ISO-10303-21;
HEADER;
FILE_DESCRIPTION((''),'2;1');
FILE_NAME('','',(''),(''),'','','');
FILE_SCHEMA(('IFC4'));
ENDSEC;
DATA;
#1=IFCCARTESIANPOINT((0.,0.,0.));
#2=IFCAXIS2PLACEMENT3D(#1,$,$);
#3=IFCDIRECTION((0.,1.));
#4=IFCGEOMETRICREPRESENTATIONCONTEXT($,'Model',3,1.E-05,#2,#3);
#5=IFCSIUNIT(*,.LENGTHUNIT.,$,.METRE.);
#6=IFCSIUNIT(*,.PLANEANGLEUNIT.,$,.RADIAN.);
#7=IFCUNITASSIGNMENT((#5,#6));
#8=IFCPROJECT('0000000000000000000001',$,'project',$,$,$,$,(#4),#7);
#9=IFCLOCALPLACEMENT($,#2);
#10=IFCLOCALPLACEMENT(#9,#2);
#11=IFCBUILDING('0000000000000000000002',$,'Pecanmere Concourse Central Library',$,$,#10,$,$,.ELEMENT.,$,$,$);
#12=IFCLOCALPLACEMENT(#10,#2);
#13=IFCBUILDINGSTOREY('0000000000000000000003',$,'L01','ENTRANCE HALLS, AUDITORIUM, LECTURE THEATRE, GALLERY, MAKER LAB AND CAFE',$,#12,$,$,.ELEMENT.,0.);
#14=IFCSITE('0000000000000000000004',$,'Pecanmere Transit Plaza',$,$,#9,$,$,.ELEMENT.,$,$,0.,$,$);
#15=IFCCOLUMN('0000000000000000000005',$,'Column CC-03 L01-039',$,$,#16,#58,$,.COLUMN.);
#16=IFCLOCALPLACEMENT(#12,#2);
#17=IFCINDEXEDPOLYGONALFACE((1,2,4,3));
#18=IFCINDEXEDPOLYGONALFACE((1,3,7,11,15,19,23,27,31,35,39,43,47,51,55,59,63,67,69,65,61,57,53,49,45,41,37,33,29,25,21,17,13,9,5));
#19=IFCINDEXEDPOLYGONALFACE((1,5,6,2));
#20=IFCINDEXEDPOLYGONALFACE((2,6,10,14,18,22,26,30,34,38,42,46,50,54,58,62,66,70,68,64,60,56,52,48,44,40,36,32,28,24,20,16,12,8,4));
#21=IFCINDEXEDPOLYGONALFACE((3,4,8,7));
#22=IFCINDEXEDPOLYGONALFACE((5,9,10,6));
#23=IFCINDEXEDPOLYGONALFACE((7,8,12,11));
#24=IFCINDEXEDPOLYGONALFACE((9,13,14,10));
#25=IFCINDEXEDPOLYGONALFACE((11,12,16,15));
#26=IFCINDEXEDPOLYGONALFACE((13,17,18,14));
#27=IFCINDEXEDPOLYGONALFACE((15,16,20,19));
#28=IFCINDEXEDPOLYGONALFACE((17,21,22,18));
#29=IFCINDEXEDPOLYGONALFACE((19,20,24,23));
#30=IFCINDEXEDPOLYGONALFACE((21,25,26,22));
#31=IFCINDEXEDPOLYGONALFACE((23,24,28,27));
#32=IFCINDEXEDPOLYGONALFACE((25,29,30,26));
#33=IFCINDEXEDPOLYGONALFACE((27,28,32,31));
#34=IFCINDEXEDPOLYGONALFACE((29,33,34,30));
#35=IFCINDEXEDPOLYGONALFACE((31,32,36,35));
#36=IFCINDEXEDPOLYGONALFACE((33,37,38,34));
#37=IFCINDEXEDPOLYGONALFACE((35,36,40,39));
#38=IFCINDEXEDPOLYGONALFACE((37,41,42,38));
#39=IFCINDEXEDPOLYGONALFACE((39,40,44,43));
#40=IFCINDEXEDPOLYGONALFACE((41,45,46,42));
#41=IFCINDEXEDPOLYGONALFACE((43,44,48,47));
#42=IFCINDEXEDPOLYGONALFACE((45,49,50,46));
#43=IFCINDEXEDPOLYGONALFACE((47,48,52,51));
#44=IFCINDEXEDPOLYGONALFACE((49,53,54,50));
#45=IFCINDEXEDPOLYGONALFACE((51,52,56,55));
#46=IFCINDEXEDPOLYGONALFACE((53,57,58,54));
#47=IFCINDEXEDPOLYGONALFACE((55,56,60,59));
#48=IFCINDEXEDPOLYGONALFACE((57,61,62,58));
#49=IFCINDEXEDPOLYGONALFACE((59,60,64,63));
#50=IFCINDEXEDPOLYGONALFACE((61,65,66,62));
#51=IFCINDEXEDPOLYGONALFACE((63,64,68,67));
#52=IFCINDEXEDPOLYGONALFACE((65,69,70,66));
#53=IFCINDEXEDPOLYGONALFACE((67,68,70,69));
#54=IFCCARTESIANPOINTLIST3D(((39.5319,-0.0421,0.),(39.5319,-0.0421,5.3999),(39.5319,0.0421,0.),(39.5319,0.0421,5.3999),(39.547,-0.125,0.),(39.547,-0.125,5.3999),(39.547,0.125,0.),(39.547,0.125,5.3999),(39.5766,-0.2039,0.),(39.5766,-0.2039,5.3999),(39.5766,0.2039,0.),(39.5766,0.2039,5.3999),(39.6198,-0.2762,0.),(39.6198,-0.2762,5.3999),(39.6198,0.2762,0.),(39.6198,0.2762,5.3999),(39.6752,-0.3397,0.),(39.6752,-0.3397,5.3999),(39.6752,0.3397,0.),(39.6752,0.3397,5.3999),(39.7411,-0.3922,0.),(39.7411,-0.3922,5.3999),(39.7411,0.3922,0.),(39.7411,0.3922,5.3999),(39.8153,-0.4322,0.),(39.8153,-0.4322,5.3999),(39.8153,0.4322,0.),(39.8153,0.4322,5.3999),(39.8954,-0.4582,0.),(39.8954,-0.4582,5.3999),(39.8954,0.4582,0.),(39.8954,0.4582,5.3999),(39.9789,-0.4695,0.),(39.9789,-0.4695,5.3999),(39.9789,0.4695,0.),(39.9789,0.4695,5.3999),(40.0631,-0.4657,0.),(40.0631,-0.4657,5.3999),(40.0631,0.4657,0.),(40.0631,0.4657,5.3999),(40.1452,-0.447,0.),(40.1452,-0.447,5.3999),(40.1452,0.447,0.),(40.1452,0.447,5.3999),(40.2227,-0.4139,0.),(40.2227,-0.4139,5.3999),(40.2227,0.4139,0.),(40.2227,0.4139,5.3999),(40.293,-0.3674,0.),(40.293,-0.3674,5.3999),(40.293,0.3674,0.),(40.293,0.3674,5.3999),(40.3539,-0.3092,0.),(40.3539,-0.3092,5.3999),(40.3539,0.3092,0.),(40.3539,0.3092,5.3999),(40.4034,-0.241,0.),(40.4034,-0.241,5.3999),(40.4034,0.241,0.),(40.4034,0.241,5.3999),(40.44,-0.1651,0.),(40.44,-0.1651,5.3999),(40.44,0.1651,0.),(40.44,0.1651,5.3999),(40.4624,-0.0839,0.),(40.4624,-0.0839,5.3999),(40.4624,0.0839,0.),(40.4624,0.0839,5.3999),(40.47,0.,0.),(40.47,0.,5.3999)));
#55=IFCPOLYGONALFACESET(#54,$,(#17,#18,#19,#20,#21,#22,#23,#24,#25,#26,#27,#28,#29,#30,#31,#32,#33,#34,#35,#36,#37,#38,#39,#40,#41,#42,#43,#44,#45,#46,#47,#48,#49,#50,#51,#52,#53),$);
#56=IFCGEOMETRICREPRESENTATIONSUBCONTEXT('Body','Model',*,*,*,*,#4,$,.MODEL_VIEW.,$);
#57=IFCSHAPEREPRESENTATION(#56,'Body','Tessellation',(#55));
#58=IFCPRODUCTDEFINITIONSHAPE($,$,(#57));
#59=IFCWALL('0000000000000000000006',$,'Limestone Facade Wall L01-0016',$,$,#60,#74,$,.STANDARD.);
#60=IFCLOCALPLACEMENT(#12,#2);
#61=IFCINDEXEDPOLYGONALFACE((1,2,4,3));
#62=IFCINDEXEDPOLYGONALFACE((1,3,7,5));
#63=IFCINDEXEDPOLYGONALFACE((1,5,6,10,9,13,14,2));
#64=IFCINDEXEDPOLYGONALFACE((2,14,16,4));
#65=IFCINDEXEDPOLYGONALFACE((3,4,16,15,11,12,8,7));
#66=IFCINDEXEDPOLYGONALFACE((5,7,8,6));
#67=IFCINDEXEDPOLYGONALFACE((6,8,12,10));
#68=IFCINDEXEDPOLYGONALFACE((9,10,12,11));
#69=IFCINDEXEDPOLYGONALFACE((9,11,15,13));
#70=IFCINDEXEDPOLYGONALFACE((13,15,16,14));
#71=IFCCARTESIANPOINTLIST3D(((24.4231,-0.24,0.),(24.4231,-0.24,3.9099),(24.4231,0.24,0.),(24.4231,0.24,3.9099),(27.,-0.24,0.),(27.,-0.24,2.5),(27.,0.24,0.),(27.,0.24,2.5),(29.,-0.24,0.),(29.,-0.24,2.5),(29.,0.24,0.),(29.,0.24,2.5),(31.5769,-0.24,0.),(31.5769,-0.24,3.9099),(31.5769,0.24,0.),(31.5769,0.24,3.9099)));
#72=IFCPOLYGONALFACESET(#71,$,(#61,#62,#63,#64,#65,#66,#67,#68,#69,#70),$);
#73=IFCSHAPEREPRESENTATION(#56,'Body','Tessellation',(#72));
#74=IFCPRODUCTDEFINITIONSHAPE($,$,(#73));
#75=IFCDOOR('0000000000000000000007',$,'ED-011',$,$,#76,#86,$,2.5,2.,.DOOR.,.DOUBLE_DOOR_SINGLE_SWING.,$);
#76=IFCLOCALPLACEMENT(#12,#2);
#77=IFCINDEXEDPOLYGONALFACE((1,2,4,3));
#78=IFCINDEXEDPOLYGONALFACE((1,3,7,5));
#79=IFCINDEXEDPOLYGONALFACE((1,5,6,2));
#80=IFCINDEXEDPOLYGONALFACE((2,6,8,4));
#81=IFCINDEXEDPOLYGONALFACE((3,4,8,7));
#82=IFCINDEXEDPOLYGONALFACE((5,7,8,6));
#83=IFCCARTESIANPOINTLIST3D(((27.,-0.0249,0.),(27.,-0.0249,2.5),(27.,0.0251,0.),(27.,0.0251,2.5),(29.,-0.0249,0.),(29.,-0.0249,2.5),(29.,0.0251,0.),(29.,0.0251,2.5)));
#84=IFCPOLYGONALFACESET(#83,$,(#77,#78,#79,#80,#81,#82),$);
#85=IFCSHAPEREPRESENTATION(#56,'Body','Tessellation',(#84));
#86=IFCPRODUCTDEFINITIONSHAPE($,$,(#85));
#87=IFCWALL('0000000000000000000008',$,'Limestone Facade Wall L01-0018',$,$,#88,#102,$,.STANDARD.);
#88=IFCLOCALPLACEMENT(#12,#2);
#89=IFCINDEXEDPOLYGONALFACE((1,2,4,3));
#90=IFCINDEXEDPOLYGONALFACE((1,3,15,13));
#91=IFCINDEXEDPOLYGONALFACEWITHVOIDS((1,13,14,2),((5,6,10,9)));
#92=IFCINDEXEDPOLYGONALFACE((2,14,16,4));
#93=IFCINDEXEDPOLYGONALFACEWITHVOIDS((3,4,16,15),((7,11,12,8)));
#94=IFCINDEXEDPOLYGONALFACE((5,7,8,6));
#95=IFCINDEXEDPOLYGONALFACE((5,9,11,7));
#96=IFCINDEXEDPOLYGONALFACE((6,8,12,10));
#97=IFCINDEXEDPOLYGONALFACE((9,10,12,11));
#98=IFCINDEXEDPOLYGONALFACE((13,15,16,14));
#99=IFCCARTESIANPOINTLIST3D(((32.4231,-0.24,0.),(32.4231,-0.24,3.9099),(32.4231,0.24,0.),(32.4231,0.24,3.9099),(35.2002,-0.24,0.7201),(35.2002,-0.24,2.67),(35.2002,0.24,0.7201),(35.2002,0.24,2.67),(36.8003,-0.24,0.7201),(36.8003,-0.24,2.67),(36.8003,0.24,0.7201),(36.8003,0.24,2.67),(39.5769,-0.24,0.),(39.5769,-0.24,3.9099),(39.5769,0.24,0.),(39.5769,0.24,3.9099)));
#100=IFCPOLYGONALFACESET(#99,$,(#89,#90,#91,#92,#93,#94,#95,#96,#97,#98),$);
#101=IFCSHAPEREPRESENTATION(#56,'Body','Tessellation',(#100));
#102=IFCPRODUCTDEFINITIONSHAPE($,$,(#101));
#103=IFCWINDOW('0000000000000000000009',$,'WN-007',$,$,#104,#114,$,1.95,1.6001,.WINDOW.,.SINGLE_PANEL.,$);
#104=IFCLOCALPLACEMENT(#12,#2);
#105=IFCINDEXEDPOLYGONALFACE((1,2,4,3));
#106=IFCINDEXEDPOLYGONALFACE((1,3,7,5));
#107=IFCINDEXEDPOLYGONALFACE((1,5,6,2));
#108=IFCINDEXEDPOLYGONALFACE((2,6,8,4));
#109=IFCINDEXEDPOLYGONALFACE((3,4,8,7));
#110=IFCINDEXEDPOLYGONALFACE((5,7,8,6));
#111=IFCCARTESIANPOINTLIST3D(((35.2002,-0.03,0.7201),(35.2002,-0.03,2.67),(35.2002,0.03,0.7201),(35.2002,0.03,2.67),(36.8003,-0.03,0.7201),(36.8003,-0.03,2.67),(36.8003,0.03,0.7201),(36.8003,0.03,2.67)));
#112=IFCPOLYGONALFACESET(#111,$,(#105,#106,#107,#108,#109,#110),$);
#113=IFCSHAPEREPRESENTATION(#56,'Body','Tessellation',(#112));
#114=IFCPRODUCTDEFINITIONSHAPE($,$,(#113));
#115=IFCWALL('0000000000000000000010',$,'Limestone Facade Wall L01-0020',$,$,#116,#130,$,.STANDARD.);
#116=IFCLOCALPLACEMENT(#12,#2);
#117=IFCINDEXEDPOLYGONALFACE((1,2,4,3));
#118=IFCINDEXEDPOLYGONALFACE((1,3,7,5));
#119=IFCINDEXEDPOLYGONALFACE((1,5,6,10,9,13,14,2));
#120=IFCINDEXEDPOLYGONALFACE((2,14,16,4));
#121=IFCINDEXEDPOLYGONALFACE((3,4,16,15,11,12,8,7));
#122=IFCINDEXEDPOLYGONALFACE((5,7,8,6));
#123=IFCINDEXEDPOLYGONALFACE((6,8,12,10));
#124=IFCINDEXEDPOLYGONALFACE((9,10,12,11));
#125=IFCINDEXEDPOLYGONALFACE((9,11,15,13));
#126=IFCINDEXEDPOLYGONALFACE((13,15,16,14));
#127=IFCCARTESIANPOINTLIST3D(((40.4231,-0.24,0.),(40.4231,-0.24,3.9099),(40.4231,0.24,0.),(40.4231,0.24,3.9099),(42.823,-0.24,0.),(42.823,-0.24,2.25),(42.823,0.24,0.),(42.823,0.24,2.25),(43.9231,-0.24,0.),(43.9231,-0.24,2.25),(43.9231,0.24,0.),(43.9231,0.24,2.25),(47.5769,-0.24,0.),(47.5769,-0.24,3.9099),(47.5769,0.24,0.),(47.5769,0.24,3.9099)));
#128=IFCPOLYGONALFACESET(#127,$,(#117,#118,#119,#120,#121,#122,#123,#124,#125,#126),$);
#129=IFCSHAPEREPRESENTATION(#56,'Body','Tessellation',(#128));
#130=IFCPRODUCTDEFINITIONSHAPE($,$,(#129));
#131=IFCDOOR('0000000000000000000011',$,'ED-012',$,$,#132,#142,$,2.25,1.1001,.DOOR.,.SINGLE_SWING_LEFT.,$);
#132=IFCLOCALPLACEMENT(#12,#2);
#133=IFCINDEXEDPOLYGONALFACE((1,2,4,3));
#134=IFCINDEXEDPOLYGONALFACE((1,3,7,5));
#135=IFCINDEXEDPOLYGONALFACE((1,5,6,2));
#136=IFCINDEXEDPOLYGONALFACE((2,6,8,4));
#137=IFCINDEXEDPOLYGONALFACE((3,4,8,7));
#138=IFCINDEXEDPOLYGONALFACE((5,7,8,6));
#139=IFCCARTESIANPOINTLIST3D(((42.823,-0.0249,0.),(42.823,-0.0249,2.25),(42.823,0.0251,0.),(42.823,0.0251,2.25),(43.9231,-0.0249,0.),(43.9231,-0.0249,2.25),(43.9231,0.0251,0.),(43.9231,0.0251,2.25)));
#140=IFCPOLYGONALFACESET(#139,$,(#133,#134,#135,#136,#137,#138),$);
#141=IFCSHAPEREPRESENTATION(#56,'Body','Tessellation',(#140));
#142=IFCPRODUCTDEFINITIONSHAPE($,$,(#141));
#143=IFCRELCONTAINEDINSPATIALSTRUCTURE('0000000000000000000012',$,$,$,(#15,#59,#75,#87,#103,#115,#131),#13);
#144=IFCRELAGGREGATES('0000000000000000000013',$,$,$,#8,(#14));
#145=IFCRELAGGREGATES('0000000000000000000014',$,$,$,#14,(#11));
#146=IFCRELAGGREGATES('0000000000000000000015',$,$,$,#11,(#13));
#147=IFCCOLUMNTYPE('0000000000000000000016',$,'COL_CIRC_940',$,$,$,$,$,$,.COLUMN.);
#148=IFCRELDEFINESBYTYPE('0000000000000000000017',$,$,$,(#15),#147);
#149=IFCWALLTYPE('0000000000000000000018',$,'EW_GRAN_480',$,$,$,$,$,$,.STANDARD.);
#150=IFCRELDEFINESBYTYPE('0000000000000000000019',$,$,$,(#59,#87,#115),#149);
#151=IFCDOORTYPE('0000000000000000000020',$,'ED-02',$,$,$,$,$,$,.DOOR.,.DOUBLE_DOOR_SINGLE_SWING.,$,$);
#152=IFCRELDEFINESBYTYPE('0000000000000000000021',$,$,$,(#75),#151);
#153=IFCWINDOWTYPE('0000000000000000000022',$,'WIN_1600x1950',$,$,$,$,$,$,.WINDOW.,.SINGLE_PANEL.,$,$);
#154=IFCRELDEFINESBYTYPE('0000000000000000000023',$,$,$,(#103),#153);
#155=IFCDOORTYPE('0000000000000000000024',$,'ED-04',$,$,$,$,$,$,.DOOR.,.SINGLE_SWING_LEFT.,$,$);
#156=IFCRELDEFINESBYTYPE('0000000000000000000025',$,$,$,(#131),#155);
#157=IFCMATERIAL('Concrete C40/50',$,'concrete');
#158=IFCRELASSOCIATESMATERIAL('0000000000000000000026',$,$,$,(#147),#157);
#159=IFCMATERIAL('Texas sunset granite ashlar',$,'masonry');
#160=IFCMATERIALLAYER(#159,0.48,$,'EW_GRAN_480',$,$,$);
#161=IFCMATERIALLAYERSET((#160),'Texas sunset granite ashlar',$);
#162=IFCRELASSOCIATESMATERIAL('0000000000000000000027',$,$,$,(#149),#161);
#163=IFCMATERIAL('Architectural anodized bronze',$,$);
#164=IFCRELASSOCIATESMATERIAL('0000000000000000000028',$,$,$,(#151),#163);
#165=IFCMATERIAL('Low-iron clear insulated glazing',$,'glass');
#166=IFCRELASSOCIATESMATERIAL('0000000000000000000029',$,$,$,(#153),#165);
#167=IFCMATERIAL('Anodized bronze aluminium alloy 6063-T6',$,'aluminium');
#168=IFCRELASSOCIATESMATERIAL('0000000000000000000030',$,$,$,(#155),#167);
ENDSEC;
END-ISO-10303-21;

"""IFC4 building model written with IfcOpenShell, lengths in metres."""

from ifc_helpers import new_model, si_unit, direction, frame, frame_2d, origin, origin_2d, place, context, subcontext, project, spatial, rectangle, circle, extrude, material, layer, layer_set, material_profile, profile_set, type_object, element, fill, save


model = new_model("IFC4")

# Units and contexts
model_context = context("Model", 3, precision=1e-05, world=origin(), true_north=direction((0.0, 1.0)))
body_context = subcontext(model_context, "Body", "Model", "MODEL_VIEW")
ifc_project = project(units=[si_unit("LENGTHUNIT", "METRE"), si_unit("PLANEANGLEUNIT", "RADIAN")], contexts=[model_context])

# Site, building, storey
site_placement = place(None, origin())
site = spatial("IfcSite", under=ifc_project, at=site_placement, Name="Pecanmere Transit Plaza", CompositionType="ELEMENT", RefElevation=0.0)
building_placement = place(site_placement, origin())
building = spatial("IfcBuilding", under=site, at=building_placement, Name="Pecanmere Concourse Central Library", CompositionType="ELEMENT")
storey_placement = place(building_placement, origin())
storey = spatial("IfcBuildingStorey", under=building, at=storey_placement, Name="L01", Description="ENTRANCE HALLS, AUDITORIUM, LECTURE THEATRE, GALLERY, MAKER LAB AND CAFE", CompositionType="ELEMENT", Elevation=0.0)

# Column
ifc_material_1 = material(Name="Concrete C40/50", Category="concrete")
ifc_material_profile = material_profile(ifc_material_1, circle(Radius=0.47, at=origin_2d()), Name="RC D940")
ifc_profile_set = profile_set([ifc_material_profile], Name="Concrete C40/50")
column_type = type_object("IfcColumnType", Name="COL_CIRC_940", PredefinedType="COLUMN", material=ifc_profile_set)
for number, where, z_axis, x_axis, name in (
    (1, (40.0, 0.0, 0.0), (0.0, 0.0, 1.0), (1.0, 0.0, 0.0), "Column CC-03 L01-039"),
):
    element("IfcColumn", number, at=place(storey_placement, frame(where, z_axis=z_axis, x_axis=x_axis)), inside=storey, type_object=column_type, Name=name, PredefinedType="COLUMN", context=body_context, shape_type="SweptSolid", body=[
        extrude(circle(Radius=0.47, at=origin_2d()), origin(), (0.0, 0.0, 1.0), 5.3999),
    ])

# Wall, opening, door
ifc_material_2 = material(Name="Texas sunset granite ashlar", Category="masonry")
ifc_layer_1 = layer(ifc_material_2, 0.48, Name="EW_GRAN_480")
ifc_layer_set_1 = layer_set([ifc_layer_1], Name="Texas sunset granite ashlar")
wall_type_1 = type_object("IfcWallType", Name="EW_GRAN_480", PredefinedType="STANDARD", material=ifc_layer_set_1)
wall_1_placement = place(storey_placement, frame((24.4231, 0.0, 0.0), z_axis=(0.0, 0.0, 1.0), x_axis=(1.0, 0.0, 0.0)))
wall_1 = element("IfcWall", 2, at=wall_1_placement, inside=storey, type_object=wall_type_1, Name="Limestone Facade Wall L01-0016", PredefinedType="STANDARD", context=body_context, shape_type="SweptSolid", body=[
    extrude(rectangle(XDim=7.1538, YDim=0.48, at=frame_2d((3.5769, 0.0))), origin(), (0.0, 0.0, 1.0), 3.9099),
])
opening_1_placement = place(wall_1_placement, frame((2.5769, 0.0, 0.0)))
opening_1 = element("IfcOpeningElement", 3, at=opening_1_placement, cuts=wall_1, PredefinedType="OPENING", context=body_context, shape_type="SweptSolid", body=[
    extrude(rectangle(XDim=2.0, YDim=2.5, at=frame_2d((1.0, 1.25))), frame((0.0, 0.252, 0.0), z_axis=(0.0, -1.0, 0.0), x_axis=(1.0, 0.0, 0.0)), (0.0, 0.0, 1.0), 0.5039),
])
ifc_material_3 = material(Name="Architectural anodized bronze")
door_type_1 = type_object("IfcDoorType", Name="ED-02", OperationType="DOUBLE_DOOR_SINGLE_SWING", PredefinedType="DOOR", material=ifc_material_3)
door_1_placement = place(opening_1_placement, frame((2.0, 0.0, 0.0), z_axis=(0.0, 0.0, 1.0), x_axis=(-1.0, 0.0, 0.0)))
door_1 = element("IfcDoor", 4, at=door_1_placement, inside=storey, type_object=door_type_1, Name="ED-011", OperationType="DOUBLE_DOOR_SINGLE_SWING", OverallHeight=2.5, OverallWidth=2.0, PredefinedType="DOOR", context=body_context, shape_type="SweptSolid", body=[
    extrude(rectangle(XDim=2.0, YDim=2.5, at=frame_2d((1.0, 1.25))), frame((0.0, 0.0249, 0.0), z_axis=(0.0, -1.0, 0.0), x_axis=(1.0, 0.0, 0.0)), (0.0, 0.0, 1.0), 0.05),
])
fill(opening_1, door_1)

# Wall, opening, window
wall_2_placement = place(storey_placement, frame((32.4231, 0.0, 0.0), z_axis=(0.0, 0.0, 1.0), x_axis=(1.0, 0.0, 0.0)))
wall_2 = element("IfcWall", 5, at=wall_2_placement, inside=storey, type_object=wall_type_1, Name="Limestone Facade Wall L01-0018", PredefinedType="STANDARD", context=body_context, shape_type="SweptSolid", body=[
    extrude(rectangle(XDim=7.1538, YDim=0.48, at=frame_2d((3.5769, 0.0))), origin(), (0.0, 0.0, 1.0), 3.9099),
])
opening_2_placement = place(wall_2_placement, frame((2.7771, 0.0, 0.72)))
opening_2 = element("IfcOpeningElement", 6, at=opening_2_placement, cuts=wall_2, PredefinedType="OPENING", context=body_context, shape_type="SweptSolid", body=[
    extrude(rectangle(XDim=1.6001, YDim=1.95, at=frame_2d((0.8, 0.9751))), frame((0.0, 0.252, 0.0), z_axis=(0.0, -1.0, 0.0), x_axis=(1.0, 0.0, 0.0)), (0.0, 0.0, 1.0), 0.5039),
])
ifc_material_4 = material(Name="Low-iron clear insulated glazing", Category="glass")
window_type = type_object("IfcWindowType", Name="WIN_1600x1950", PartitioningType="SINGLE_PANEL", PredefinedType="WINDOW", material=ifc_material_4)
window_placement = place(opening_2_placement, origin())
window = element("IfcWindow", 7, at=window_placement, inside=storey, type_object=window_type, Name="WN-007", OverallHeight=1.95, OverallWidth=1.6001, PartitioningType="SINGLE_PANEL", PredefinedType="WINDOW", context=body_context, shape_type="SweptSolid", body=[
    extrude(rectangle(XDim=1.6001, YDim=1.95, at=frame_2d((0.8, 0.9751))), frame((0.0, 0.03, 0.0), z_axis=(0.0, -1.0, 0.0), x_axis=(1.0, 0.0, 0.0)), (0.0, 0.0, 1.0), 0.0601),
])
fill(opening_2, window)

# Wall, opening, door
wall_3_placement = place(storey_placement, frame((40.4231, 0.0, 0.0), z_axis=(0.0, 0.0, 1.0), x_axis=(1.0, 0.0, 0.0)))
wall_3 = element("IfcWall", 8, at=wall_3_placement, inside=storey, type_object=wall_type_1, Name="Limestone Facade Wall L01-0020", PredefinedType="STANDARD", context=body_context, shape_type="SweptSolid", body=[
    extrude(rectangle(XDim=7.1538, YDim=0.48, at=frame_2d((3.5769, 0.0))), origin(), (0.0, 0.0, 1.0), 3.9099),
])
opening_3_placement = place(wall_3_placement, frame((2.3999, 0.0, 0.0)))
opening_3 = element("IfcOpeningElement", 9, at=opening_3_placement, cuts=wall_3, PredefinedType="OPENING", context=body_context, shape_type="SweptSolid", body=[
    extrude(rectangle(XDim=1.1001, YDim=2.25, at=frame_2d((0.55, 1.125))), frame((0.0, 0.252, 0.0), z_axis=(0.0, -1.0, 0.0), x_axis=(1.0, 0.0, 0.0)), (0.0, 0.0, 1.0), 0.5039),
])
ifc_material_5 = material(Name="Anodized bronze aluminium alloy 6063-T6", Category="aluminium")
door_type_2 = type_object("IfcDoorType", Name="ED-04", OperationType="SINGLE_SWING_LEFT", PredefinedType="DOOR", material=ifc_material_5)
door_2_placement = place(opening_3_placement, frame((1.1001, 0.0, 0.0), z_axis=(0.0, 0.0, 1.0), x_axis=(-1.0, 0.0, 0.0)))
door_2 = element("IfcDoor", 10, at=door_2_placement, inside=storey, type_object=door_type_2, Name="ED-012", OperationType="SINGLE_SWING_LEFT", OverallHeight=2.25, OverallWidth=1.1001, PredefinedType="DOOR", context=body_context, shape_type="SweptSolid", body=[
    extrude(rectangle(XDim=1.1001, YDim=2.25, at=frame_2d((0.55, 1.125))), frame((0.0, 0.0249, 0.0), z_axis=(0.0, -1.0, 0.0), x_axis=(1.0, 0.0, 0.0)), (0.0, 0.0, 1.0), 0.05),
])
fill(opening_3, door_2)

save(model, "model.ifc")
